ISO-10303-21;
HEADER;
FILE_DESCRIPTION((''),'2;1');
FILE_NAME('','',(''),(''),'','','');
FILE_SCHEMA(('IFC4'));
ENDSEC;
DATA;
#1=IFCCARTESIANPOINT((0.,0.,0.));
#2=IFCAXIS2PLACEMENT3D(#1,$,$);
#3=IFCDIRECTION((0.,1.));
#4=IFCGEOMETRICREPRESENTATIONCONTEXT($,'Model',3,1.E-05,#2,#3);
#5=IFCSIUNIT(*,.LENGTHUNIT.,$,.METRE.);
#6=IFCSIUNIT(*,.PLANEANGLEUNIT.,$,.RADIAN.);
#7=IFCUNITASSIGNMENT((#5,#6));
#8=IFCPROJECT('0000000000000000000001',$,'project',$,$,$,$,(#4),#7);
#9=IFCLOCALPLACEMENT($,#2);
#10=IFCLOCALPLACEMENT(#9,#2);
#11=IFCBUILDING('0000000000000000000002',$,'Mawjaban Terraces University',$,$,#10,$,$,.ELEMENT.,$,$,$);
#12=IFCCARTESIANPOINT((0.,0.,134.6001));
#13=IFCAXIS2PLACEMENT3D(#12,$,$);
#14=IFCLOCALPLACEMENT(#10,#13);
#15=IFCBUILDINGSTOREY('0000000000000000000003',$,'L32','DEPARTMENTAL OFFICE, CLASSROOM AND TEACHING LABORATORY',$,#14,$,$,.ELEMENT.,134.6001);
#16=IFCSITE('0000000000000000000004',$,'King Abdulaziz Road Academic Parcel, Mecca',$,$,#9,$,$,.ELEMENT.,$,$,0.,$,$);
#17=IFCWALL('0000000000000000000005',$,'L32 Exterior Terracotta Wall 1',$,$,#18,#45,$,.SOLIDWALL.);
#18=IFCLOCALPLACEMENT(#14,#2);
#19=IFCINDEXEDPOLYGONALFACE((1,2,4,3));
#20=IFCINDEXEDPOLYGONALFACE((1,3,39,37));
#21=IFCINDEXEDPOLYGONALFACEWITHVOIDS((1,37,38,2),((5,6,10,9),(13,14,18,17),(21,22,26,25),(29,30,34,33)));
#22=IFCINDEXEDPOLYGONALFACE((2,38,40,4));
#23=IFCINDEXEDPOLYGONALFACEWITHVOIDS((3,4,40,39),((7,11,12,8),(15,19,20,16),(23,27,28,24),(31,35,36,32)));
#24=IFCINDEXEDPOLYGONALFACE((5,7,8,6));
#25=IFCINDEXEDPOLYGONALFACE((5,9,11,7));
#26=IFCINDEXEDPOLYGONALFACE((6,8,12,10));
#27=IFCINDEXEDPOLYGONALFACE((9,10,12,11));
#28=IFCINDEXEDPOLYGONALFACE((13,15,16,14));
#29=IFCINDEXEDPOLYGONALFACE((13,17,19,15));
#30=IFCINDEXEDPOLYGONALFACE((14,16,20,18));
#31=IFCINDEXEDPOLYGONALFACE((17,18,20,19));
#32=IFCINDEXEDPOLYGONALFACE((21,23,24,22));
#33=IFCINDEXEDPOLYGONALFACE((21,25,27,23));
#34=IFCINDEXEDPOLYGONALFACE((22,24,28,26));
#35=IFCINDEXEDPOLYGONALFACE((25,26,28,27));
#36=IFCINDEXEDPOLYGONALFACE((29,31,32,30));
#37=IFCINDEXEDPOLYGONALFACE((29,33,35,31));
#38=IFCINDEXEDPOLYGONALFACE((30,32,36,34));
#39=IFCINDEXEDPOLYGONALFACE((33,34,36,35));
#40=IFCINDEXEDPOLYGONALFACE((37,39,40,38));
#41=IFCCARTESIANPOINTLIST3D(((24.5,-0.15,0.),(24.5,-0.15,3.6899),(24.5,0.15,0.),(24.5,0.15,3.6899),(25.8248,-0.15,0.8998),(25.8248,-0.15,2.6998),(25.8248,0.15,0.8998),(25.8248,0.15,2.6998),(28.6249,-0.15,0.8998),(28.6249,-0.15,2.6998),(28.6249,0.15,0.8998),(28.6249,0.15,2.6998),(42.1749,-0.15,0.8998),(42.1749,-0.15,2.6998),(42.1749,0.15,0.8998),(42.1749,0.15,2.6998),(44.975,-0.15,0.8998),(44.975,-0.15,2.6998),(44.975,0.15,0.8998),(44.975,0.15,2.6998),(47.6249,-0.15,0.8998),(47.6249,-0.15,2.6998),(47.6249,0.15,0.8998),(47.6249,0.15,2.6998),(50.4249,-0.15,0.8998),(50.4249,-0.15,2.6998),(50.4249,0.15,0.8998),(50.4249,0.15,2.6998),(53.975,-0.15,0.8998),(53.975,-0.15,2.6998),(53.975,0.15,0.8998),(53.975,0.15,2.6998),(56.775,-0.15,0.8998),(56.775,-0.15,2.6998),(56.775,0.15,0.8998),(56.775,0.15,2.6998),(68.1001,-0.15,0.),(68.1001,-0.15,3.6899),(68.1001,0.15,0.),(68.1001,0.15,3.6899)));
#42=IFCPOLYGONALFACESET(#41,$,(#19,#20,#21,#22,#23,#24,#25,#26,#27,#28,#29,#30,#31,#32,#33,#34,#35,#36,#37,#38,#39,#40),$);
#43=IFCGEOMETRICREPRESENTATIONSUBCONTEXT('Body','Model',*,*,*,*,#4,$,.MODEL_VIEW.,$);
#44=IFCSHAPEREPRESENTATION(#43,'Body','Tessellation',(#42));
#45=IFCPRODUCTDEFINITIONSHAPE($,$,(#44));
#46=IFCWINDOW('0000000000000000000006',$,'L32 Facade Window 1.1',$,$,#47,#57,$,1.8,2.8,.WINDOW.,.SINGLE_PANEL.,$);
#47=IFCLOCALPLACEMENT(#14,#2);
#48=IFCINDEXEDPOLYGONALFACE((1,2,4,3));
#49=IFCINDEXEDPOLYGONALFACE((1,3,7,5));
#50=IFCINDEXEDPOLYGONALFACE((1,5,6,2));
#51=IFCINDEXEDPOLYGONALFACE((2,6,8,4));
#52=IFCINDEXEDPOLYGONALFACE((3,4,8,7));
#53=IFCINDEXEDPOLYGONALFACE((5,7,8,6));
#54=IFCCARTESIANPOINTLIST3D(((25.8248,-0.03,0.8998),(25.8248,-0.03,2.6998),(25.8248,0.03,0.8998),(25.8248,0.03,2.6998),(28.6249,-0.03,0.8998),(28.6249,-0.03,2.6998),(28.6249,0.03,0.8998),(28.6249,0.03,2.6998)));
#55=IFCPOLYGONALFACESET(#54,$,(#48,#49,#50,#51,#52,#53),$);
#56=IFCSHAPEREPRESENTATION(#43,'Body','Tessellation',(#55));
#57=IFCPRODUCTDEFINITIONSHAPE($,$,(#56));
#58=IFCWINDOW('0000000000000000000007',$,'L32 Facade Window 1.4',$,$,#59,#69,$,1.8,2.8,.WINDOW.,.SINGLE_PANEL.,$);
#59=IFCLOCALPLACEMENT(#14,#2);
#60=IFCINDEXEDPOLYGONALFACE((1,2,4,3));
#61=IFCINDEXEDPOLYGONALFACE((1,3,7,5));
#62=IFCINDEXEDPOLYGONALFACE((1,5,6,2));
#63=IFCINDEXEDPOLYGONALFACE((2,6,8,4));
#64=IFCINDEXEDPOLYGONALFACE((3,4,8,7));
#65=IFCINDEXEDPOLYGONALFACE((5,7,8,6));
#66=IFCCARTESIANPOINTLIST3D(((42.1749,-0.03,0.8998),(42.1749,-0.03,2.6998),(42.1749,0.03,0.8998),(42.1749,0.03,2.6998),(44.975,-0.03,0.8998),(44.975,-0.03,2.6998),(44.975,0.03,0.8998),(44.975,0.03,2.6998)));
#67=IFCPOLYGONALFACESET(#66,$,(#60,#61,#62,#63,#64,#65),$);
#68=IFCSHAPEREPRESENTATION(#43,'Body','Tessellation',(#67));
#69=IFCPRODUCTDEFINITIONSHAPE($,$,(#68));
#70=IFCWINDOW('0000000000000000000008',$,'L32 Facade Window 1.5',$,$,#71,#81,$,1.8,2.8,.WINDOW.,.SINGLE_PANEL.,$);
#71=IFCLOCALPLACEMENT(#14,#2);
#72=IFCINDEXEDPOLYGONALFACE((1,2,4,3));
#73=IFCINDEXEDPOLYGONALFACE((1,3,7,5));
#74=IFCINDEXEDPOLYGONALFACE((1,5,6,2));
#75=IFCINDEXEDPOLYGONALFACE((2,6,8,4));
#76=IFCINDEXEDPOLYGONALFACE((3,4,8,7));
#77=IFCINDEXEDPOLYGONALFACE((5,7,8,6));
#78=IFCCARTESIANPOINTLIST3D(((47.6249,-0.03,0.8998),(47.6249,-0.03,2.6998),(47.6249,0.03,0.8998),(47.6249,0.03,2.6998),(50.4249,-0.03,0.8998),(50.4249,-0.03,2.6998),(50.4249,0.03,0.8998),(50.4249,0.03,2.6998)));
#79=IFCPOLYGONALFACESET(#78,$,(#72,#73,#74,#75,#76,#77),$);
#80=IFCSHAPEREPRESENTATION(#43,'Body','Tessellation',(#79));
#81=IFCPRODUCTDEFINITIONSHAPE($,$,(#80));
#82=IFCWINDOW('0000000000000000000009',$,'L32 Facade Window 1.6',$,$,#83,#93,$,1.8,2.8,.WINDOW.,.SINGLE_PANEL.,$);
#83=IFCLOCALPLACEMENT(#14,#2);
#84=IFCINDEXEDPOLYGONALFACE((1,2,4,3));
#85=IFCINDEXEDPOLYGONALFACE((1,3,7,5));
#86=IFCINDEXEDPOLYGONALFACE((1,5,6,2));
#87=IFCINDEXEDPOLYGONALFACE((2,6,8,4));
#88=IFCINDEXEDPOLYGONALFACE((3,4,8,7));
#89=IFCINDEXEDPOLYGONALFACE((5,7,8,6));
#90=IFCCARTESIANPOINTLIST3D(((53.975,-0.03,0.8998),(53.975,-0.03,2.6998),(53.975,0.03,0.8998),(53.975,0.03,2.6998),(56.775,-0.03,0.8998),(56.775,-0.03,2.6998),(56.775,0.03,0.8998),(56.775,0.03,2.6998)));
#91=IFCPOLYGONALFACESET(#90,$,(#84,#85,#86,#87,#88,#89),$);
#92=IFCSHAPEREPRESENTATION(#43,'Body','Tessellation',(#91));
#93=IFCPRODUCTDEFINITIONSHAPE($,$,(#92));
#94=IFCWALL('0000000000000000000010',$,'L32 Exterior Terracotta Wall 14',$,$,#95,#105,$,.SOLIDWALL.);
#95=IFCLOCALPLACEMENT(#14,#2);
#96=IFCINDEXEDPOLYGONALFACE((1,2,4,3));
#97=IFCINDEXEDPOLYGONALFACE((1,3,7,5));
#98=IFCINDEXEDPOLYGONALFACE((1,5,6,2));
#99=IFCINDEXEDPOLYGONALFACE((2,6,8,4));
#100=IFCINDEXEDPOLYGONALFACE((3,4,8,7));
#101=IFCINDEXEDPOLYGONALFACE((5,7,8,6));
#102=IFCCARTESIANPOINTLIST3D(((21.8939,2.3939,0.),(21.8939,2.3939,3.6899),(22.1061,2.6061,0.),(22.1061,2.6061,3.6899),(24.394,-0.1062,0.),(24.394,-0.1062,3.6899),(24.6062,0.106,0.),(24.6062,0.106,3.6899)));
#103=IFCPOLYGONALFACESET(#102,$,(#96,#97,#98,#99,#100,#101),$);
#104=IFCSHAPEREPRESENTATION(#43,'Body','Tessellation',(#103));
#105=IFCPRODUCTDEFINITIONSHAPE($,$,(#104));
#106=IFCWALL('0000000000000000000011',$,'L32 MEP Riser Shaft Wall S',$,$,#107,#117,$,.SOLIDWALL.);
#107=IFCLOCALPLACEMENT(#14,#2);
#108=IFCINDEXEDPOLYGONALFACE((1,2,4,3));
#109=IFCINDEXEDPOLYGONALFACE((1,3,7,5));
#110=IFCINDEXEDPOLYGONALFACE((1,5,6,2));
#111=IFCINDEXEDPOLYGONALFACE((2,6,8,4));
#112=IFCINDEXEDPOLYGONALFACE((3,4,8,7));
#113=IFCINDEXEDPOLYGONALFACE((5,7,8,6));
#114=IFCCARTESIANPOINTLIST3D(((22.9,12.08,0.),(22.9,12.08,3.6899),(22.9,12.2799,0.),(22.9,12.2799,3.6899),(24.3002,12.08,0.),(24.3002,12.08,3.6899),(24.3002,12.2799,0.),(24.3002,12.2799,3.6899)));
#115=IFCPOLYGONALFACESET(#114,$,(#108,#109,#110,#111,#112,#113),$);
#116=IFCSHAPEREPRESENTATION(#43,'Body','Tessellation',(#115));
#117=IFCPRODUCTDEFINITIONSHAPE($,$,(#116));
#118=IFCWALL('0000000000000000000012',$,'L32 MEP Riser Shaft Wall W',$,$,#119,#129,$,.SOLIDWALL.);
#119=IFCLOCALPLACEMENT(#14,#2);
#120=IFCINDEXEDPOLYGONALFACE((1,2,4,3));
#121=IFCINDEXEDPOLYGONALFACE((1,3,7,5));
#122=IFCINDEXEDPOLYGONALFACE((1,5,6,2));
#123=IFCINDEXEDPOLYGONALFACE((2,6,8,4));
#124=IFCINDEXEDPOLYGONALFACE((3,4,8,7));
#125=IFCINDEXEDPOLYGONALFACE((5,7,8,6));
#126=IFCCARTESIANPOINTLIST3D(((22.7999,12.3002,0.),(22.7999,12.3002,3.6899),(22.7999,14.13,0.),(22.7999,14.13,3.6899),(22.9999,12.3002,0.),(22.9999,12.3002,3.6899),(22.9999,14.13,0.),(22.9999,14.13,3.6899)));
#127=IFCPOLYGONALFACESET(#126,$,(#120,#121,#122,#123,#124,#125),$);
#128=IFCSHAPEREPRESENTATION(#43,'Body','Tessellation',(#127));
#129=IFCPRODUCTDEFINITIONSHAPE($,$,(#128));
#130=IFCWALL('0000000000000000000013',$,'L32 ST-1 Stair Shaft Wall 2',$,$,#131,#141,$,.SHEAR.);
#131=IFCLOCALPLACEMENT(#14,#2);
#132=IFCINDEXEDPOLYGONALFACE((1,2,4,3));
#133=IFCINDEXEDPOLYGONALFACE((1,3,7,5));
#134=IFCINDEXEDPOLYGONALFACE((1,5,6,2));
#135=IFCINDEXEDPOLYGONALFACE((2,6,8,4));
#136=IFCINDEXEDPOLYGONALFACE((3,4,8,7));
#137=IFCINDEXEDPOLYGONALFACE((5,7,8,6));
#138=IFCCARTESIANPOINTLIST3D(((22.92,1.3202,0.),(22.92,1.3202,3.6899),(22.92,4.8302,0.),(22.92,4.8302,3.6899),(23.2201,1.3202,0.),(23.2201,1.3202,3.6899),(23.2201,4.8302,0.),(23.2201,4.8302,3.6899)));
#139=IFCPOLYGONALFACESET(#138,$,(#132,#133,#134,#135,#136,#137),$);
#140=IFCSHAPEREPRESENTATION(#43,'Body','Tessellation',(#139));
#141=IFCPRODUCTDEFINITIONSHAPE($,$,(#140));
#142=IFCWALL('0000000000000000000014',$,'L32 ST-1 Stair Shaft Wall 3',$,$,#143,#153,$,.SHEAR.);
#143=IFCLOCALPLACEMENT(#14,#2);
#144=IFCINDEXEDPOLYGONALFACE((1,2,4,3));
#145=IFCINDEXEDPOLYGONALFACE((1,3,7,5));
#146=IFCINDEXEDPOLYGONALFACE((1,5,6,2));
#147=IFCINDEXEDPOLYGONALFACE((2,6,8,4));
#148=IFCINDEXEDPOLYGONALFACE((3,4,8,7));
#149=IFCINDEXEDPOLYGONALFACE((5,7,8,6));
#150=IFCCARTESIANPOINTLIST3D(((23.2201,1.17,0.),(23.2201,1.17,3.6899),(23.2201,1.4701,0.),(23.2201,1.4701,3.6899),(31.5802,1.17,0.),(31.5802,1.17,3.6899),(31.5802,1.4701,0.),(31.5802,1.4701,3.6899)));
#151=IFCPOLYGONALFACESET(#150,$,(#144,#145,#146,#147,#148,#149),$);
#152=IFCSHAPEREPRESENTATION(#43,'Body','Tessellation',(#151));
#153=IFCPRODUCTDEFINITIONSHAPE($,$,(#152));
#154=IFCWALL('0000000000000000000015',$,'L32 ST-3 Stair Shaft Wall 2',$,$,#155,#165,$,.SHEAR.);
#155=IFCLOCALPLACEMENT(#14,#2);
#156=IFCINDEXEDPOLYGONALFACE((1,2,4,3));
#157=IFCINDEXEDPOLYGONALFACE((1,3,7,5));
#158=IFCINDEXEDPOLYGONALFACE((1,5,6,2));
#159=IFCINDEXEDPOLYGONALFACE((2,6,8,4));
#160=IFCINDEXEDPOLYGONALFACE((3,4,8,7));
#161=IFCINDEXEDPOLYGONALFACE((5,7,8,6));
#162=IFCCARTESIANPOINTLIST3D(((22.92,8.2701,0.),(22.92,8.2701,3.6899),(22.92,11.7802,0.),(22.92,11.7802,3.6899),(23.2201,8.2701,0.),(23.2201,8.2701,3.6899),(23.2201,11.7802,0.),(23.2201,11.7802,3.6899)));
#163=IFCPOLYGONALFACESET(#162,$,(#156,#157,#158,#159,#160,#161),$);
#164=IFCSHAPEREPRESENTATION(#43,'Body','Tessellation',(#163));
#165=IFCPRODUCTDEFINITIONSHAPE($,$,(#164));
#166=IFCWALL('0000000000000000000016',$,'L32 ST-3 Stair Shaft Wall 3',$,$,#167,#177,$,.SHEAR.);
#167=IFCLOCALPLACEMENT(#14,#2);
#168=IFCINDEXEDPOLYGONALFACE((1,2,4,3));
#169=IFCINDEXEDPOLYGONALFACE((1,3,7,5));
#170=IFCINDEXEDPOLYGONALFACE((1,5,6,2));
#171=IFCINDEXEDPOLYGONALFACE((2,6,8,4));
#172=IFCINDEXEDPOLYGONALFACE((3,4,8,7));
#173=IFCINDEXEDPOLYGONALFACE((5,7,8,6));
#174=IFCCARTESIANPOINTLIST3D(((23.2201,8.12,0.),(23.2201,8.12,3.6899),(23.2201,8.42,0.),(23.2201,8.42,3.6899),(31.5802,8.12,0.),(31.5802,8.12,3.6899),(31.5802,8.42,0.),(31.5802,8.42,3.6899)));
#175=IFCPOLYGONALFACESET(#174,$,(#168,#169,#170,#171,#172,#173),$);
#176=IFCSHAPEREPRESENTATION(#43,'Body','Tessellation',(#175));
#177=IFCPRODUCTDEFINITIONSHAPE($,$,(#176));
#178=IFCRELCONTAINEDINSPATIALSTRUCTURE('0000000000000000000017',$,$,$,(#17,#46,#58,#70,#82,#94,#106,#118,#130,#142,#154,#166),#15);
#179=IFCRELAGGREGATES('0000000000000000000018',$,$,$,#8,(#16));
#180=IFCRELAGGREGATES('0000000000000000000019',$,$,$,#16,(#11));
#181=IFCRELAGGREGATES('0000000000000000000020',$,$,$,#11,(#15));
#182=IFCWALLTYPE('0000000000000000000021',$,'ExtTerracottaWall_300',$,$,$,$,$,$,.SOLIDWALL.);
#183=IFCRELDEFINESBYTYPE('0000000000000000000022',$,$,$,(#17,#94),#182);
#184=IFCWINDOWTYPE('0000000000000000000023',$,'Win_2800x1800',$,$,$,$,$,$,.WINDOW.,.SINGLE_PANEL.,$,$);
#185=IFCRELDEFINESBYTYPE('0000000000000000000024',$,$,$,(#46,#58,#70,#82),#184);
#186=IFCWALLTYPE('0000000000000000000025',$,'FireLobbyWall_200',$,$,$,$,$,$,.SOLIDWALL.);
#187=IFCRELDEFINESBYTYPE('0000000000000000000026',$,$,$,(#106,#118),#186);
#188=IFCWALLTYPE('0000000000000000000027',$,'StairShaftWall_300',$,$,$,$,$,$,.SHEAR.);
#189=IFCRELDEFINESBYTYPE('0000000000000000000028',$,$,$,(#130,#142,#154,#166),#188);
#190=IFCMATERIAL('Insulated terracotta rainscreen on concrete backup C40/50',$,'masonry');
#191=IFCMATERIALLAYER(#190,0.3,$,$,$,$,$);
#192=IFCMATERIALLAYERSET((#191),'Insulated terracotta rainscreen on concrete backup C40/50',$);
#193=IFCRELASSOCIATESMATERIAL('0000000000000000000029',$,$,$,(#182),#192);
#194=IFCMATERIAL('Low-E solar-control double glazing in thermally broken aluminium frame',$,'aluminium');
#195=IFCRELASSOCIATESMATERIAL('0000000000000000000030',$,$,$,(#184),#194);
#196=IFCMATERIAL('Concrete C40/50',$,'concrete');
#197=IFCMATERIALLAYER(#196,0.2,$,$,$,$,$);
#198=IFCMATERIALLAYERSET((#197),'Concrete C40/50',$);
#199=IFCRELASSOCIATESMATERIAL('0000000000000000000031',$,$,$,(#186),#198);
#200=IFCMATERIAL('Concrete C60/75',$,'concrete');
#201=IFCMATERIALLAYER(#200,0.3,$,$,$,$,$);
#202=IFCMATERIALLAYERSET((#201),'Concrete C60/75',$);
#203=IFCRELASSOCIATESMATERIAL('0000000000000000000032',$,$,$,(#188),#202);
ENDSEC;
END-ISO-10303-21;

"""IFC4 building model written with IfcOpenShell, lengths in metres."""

from ifc_helpers import new_model, si_unit, direction, frame, frame_2d, origin, place, context, subcontext, project, spatial, rectangle, extrude, material, layer, layer_set, type_object, element, fill, save


model = new_model("IFC4")

# Units and contexts
model_context = context("Model", 3, precision=1e-05, world=origin(), true_north=direction((0.0, 1.0)))
body_context = subcontext(model_context, "Body", "Model", "MODEL_VIEW")
ifc_project = project(units=[si_unit("LENGTHUNIT", "METRE"), si_unit("PLANEANGLEUNIT", "RADIAN")], contexts=[model_context])

# Site, building, storey
site_placement = place(None, origin())
site = spatial("IfcSite", under=ifc_project, at=site_placement, Name="King Abdulaziz Road Academic Parcel, Mecca", CompositionType="ELEMENT", RefElevation=0.0)
building_placement = place(site_placement, origin())
building = spatial("IfcBuilding", under=site, at=building_placement, Name="Mawjaban Terraces University", CompositionType="ELEMENT")
storey_placement = place(building_placement, frame((0.0, 0.0, 134.6001)))
storey = spatial("IfcBuildingStorey", under=building, at=storey_placement, Name="L32", Description="DEPARTMENTAL OFFICE, CLASSROOM AND TEACHING LABORATORY", CompositionType="ELEMENT", Elevation=134.6001)

# Shared definitions
ifc_material_1 = material(Name="Concrete C60/75", Category="concrete")

# Wall, openings, windows
ifc_material_2 = material(Name="Insulated terracotta rainscreen on concrete backup C40/50", Category="masonry")
ifc_layer_1 = layer(ifc_material_2, 0.3)
ifc_layer_set_1 = layer_set([ifc_layer_1], Name="Insulated terracotta rainscreen on concrete backup C40/50")
wall_type_1 = type_object("IfcWallType", Name="ExtTerracottaWall_300", PredefinedType="SOLIDWALL", material=ifc_layer_set_1)
wall_1_placement = place(storey_placement, frame((24.5, 0.0, 0.0), z_axis=(0.0, 0.0, 1.0), x_axis=(1.0, 0.0, 0.0)))
wall_1 = element("IfcWall", 1, at=wall_1_placement, inside=storey, type_object=wall_type_1, Name="L32 Exterior Terracotta Wall 1", PredefinedType="SOLIDWALL", context=body_context, shape_type="SweptSolid", body=[
    extrude(rectangle(XDim=43.6001, YDim=0.3, at=frame_2d((21.8, 0.0))), origin(), (0.0, 0.0, 1.0), 3.6899),
])
opening_1_placement = place(wall_1_placement, frame((1.325, 0.0, 0.8999)))
opening_1 = element("IfcOpeningElement", 2, at=opening_1_placement, cuts=wall_1, PredefinedType="OPENING", context=body_context, shape_type="SweptSolid", body=[
    extrude(rectangle(XDim=2.8, YDim=1.8, at=frame_2d((1.3999, 0.8999))), frame((0.0, 0.1599, 0.0), z_axis=(0.0, -1.0, 0.0), x_axis=(1.0, 0.0, 0.0)), (0.0, 0.0, 1.0), 0.3201),
])
opening_2_placement = place(wall_1_placement, frame((17.675, 0.0, 0.8999)))
opening_2 = element("IfcOpeningElement", 3, at=opening_2_placement, cuts=wall_1, PredefinedType="OPENING", context=body_context, shape_type="SweptSolid", body=[
    extrude(rectangle(XDim=2.8, YDim=1.8, at=frame_2d((1.3999, 0.8999))), frame((0.0, 0.1599, 0.0), z_axis=(0.0, -1.0, 0.0), x_axis=(1.0, 0.0, 0.0)), (0.0, 0.0, 1.0), 0.3201),
])
opening_3_placement = place(wall_1_placement, frame((23.125, 0.0, 0.8999)))
opening_3 = element("IfcOpeningElement", 4, at=opening_3_placement, cuts=wall_1, PredefinedType="OPENING", context=body_context, shape_type="SweptSolid", body=[
    extrude(rectangle(XDim=2.8, YDim=1.8, at=frame_2d((1.3999, 0.8999))), frame((0.0, 0.1599, 0.0), z_axis=(0.0, -1.0, 0.0), x_axis=(1.0, 0.0, 0.0)), (0.0, 0.0, 1.0), 0.3201),
])
opening_4_placement = place(wall_1_placement, frame((29.4751, 0.0, 0.8999)))
opening_4 = element("IfcOpeningElement", 5, at=opening_4_placement, cuts=wall_1, PredefinedType="OPENING", context=body_context, shape_type="SweptSolid", body=[
    extrude(rectangle(XDim=2.8, YDim=1.8, at=frame_2d((1.3999, 0.8999))), frame((0.0, 0.1599, 0.0), z_axis=(0.0, -1.0, 0.0), x_axis=(1.0, 0.0, 0.0)), (0.0, 0.0, 1.0), 0.3201),
])
ifc_material_3 = material(Name="Low-E solar-control double glazing in thermally broken aluminium frame", Category="aluminium")
window_type = type_object("IfcWindowType", Name="Win_2800x1800", PartitioningType="SINGLE_PANEL", PredefinedType="WINDOW", material=ifc_material_3)
window_1_placement = place(opening_1_placement, origin())
window_1 = element("IfcWindow", 6, at=window_1_placement, inside=storey, type_object=window_type, Name="L32 Facade Window 1.1", OverallHeight=1.8, OverallWidth=2.8, PartitioningType="SINGLE_PANEL", PredefinedType="WINDOW", context=body_context, shape_type="SweptSolid", body=[
    extrude(rectangle(XDim=2.8, YDim=1.8, at=frame_2d((1.3999, 0.8999))), frame((0.0, 0.03, 0.0), z_axis=(0.0, -1.0, 0.0), x_axis=(1.0, 0.0, 0.0)), (0.0, 0.0, 1.0), 0.0601),
])
fill(opening_1, window_1)
window_2_placement = place(opening_2_placement, origin())
window_2 = element("IfcWindow", 7, at=window_2_placement, inside=storey, type_object=window_type, Name="L32 Facade Window 1.4", OverallHeight=1.8, OverallWidth=2.8, PartitioningType="SINGLE_PANEL", PredefinedType="WINDOW", context=body_context, shape_type="SweptSolid", body=[
    extrude(rectangle(XDim=2.8, YDim=1.8, at=frame_2d((1.3999, 0.8999))), frame((0.0, 0.03, 0.0), z_axis=(0.0, -1.0, 0.0), x_axis=(1.0, 0.0, 0.0)), (0.0, 0.0, 1.0), 0.0601),
])
fill(opening_2, window_2)
window_3_placement = place(opening_3_placement, origin())
window_3 = element("IfcWindow", 8, at=window_3_placement, inside=storey, type_object=window_type, Name="L32 Facade Window 1.5", OverallHeight=1.8, OverallWidth=2.8, PartitioningType="SINGLE_PANEL", PredefinedType="WINDOW", context=body_context, shape_type="SweptSolid", body=[
    extrude(rectangle(XDim=2.8, YDim=1.8, at=frame_2d((1.3999, 0.8999))), frame((0.0, 0.03, 0.0), z_axis=(0.0, -1.0, 0.0), x_axis=(1.0, 0.0, 0.0)), (0.0, 0.0, 1.0), 0.0601),
])
fill(opening_3, window_3)
window_4_placement = place(opening_4_placement, origin())
window_4 = element("IfcWindow", 9, at=window_4_placement, inside=storey, type_object=window_type, Name="L32 Facade Window 1.6", OverallHeight=1.8, OverallWidth=2.8, PartitioningType="SINGLE_PANEL", PredefinedType="WINDOW", context=body_context, shape_type="SweptSolid", body=[
    extrude(rectangle(XDim=2.8, YDim=1.8, at=frame_2d((1.3999, 0.8999))), frame((0.0, 0.03, 0.0), z_axis=(0.0, -1.0, 0.0), x_axis=(1.0, 0.0, 0.0)), (0.0, 0.0, 1.0), 0.0601),
])
fill(opening_4, window_4)

# Walls
wall_2_placement = place(storey_placement, frame((22.0, 2.5, 0.0), z_axis=(0.0, 0.0, 1.0), x_axis=(0.707107, -0.707107, 0.0)))
element("IfcWall", 10, at=wall_2_placement, inside=storey, type_object=wall_type_1, Name="L32 Exterior Terracotta Wall 14", PredefinedType="SOLIDWALL", context=body_context, shape_type="SweptSolid", body=[
    extrude(rectangle(XDim=3.5356, YDim=0.3, at=frame_2d((1.7678, 0.0))), origin(), (0.0, 0.0, 1.0), 3.6899),
])
ifc_material_4 = material(Name="Concrete C40/50", Category="concrete")
ifc_layer_2 = layer(ifc_material_4, 0.2)
ifc_layer_set_2 = layer_set([ifc_layer_2], Name="Concrete C40/50")
wall_type_2 = type_object("IfcWallType", Name="FireLobbyWall_200", PredefinedType="SOLIDWALL", material=ifc_layer_set_2)
wall_3_placement = place(storey_placement, frame((22.8999, 12.1799, 0.0), z_axis=(0.0, 0.0, 1.0), x_axis=(1.0, 0.0, 0.0)))
element("IfcWall", 11, at=wall_3_placement, inside=storey, type_object=wall_type_2, Name="L32 MEP Riser Shaft Wall S", PredefinedType="SOLIDWALL", context=body_context, shape_type="SweptSolid", body=[
    extrude(rectangle(XDim=1.4001, YDim=0.2, at=frame_2d((0.7002, 0.0))), origin(), (0.0, 0.0, 1.0), 3.6899),
])
wall_4_placement = place(storey_placement, frame((22.8999, 12.3, 0.0), z_axis=(0.0, 0.0, 1.0), x_axis=(0.0, 1.0, 0.0)))
element("IfcWall", 12, at=wall_4_placement, inside=storey, type_object=wall_type_2, Name="L32 MEP Riser Shaft Wall W", PredefinedType="SOLIDWALL", context=body_context, shape_type="SweptSolid", body=[
    extrude(rectangle(XDim=1.8298, YDim=0.2, at=frame_2d((0.915, 0.0))), origin(), (0.0, 0.0, 1.0), 3.6899),
])
ifc_layer_3 = layer(ifc_material_1, 0.3)
ifc_layer_set_3 = layer_set([ifc_layer_3], Name="Concrete C60/75")
wall_type_3 = type_object("IfcWallType", Name="StairShaftWall_300", PredefinedType="SHEAR", material=ifc_layer_set_3)
wall_5_placement = place(storey_placement, frame((23.0701, 4.8301, 0.0), z_axis=(0.0, 0.0, 1.0), x_axis=(0.0, -1.0, 0.0)))
element("IfcWall", 13, at=wall_5_placement, inside=storey, type_object=wall_type_3, Name="L32 ST-1 Stair Shaft Wall 2", PredefinedType="SHEAR", context=body_context, shape_type="SweptSolid", body=[
    extrude(rectangle(XDim=3.51, YDim=0.3, at=frame_2d((1.7549, 0.0))), origin(), (0.0, 0.0, 1.0), 3.6899),
])
wall_6_placement = place(storey_placement, frame((23.22, 1.3201, 0.0), z_axis=(0.0, 0.0, 1.0), x_axis=(1.0, 0.0, 0.0)))
element("IfcWall", 14, at=wall_6_placement, inside=storey, type_object=wall_type_3, Name="L32 ST-1 Stair Shaft Wall 3", PredefinedType="SHEAR", context=body_context, shape_type="SweptSolid", body=[
    extrude(rectangle(XDim=8.3601, YDim=0.3, at=frame_2d((4.1802, 0.0))), origin(), (0.0, 0.0, 1.0), 3.6899),
])
wall_7_placement = place(storey_placement, frame((23.0701, 11.78, 0.0), z_axis=(0.0, 0.0, 1.0), x_axis=(0.0, -1.0, 0.0)))
element("IfcWall", 15, at=wall_7_placement, inside=storey, type_object=wall_type_3, Name="L32 ST-3 Stair Shaft Wall 2", PredefinedType="SHEAR", context=body_context, shape_type="SweptSolid", body=[
    extrude(rectangle(XDim=3.51, YDim=0.3, at=frame_2d((1.7549, 0.0))), origin(), (0.0, 0.0, 1.0), 3.6899),
])
wall_8_placement = place(storey_placement, frame((23.22, 8.27, 0.0), z_axis=(0.0, 0.0, 1.0), x_axis=(1.0, 0.0, 0.0)))
element("IfcWall", 16, at=wall_8_placement, inside=storey, type_object=wall_type_3, Name="L32 ST-3 Stair Shaft Wall 3", PredefinedType="SHEAR", context=body_context, shape_type="SweptSolid", body=[
    extrude(rectangle(XDim=8.3601, YDim=0.3, at=frame_2d((4.1802, 0.0))), origin(), (0.0, 0.0, 1.0), 3.6899),
])

save(model, "model.ifc")
